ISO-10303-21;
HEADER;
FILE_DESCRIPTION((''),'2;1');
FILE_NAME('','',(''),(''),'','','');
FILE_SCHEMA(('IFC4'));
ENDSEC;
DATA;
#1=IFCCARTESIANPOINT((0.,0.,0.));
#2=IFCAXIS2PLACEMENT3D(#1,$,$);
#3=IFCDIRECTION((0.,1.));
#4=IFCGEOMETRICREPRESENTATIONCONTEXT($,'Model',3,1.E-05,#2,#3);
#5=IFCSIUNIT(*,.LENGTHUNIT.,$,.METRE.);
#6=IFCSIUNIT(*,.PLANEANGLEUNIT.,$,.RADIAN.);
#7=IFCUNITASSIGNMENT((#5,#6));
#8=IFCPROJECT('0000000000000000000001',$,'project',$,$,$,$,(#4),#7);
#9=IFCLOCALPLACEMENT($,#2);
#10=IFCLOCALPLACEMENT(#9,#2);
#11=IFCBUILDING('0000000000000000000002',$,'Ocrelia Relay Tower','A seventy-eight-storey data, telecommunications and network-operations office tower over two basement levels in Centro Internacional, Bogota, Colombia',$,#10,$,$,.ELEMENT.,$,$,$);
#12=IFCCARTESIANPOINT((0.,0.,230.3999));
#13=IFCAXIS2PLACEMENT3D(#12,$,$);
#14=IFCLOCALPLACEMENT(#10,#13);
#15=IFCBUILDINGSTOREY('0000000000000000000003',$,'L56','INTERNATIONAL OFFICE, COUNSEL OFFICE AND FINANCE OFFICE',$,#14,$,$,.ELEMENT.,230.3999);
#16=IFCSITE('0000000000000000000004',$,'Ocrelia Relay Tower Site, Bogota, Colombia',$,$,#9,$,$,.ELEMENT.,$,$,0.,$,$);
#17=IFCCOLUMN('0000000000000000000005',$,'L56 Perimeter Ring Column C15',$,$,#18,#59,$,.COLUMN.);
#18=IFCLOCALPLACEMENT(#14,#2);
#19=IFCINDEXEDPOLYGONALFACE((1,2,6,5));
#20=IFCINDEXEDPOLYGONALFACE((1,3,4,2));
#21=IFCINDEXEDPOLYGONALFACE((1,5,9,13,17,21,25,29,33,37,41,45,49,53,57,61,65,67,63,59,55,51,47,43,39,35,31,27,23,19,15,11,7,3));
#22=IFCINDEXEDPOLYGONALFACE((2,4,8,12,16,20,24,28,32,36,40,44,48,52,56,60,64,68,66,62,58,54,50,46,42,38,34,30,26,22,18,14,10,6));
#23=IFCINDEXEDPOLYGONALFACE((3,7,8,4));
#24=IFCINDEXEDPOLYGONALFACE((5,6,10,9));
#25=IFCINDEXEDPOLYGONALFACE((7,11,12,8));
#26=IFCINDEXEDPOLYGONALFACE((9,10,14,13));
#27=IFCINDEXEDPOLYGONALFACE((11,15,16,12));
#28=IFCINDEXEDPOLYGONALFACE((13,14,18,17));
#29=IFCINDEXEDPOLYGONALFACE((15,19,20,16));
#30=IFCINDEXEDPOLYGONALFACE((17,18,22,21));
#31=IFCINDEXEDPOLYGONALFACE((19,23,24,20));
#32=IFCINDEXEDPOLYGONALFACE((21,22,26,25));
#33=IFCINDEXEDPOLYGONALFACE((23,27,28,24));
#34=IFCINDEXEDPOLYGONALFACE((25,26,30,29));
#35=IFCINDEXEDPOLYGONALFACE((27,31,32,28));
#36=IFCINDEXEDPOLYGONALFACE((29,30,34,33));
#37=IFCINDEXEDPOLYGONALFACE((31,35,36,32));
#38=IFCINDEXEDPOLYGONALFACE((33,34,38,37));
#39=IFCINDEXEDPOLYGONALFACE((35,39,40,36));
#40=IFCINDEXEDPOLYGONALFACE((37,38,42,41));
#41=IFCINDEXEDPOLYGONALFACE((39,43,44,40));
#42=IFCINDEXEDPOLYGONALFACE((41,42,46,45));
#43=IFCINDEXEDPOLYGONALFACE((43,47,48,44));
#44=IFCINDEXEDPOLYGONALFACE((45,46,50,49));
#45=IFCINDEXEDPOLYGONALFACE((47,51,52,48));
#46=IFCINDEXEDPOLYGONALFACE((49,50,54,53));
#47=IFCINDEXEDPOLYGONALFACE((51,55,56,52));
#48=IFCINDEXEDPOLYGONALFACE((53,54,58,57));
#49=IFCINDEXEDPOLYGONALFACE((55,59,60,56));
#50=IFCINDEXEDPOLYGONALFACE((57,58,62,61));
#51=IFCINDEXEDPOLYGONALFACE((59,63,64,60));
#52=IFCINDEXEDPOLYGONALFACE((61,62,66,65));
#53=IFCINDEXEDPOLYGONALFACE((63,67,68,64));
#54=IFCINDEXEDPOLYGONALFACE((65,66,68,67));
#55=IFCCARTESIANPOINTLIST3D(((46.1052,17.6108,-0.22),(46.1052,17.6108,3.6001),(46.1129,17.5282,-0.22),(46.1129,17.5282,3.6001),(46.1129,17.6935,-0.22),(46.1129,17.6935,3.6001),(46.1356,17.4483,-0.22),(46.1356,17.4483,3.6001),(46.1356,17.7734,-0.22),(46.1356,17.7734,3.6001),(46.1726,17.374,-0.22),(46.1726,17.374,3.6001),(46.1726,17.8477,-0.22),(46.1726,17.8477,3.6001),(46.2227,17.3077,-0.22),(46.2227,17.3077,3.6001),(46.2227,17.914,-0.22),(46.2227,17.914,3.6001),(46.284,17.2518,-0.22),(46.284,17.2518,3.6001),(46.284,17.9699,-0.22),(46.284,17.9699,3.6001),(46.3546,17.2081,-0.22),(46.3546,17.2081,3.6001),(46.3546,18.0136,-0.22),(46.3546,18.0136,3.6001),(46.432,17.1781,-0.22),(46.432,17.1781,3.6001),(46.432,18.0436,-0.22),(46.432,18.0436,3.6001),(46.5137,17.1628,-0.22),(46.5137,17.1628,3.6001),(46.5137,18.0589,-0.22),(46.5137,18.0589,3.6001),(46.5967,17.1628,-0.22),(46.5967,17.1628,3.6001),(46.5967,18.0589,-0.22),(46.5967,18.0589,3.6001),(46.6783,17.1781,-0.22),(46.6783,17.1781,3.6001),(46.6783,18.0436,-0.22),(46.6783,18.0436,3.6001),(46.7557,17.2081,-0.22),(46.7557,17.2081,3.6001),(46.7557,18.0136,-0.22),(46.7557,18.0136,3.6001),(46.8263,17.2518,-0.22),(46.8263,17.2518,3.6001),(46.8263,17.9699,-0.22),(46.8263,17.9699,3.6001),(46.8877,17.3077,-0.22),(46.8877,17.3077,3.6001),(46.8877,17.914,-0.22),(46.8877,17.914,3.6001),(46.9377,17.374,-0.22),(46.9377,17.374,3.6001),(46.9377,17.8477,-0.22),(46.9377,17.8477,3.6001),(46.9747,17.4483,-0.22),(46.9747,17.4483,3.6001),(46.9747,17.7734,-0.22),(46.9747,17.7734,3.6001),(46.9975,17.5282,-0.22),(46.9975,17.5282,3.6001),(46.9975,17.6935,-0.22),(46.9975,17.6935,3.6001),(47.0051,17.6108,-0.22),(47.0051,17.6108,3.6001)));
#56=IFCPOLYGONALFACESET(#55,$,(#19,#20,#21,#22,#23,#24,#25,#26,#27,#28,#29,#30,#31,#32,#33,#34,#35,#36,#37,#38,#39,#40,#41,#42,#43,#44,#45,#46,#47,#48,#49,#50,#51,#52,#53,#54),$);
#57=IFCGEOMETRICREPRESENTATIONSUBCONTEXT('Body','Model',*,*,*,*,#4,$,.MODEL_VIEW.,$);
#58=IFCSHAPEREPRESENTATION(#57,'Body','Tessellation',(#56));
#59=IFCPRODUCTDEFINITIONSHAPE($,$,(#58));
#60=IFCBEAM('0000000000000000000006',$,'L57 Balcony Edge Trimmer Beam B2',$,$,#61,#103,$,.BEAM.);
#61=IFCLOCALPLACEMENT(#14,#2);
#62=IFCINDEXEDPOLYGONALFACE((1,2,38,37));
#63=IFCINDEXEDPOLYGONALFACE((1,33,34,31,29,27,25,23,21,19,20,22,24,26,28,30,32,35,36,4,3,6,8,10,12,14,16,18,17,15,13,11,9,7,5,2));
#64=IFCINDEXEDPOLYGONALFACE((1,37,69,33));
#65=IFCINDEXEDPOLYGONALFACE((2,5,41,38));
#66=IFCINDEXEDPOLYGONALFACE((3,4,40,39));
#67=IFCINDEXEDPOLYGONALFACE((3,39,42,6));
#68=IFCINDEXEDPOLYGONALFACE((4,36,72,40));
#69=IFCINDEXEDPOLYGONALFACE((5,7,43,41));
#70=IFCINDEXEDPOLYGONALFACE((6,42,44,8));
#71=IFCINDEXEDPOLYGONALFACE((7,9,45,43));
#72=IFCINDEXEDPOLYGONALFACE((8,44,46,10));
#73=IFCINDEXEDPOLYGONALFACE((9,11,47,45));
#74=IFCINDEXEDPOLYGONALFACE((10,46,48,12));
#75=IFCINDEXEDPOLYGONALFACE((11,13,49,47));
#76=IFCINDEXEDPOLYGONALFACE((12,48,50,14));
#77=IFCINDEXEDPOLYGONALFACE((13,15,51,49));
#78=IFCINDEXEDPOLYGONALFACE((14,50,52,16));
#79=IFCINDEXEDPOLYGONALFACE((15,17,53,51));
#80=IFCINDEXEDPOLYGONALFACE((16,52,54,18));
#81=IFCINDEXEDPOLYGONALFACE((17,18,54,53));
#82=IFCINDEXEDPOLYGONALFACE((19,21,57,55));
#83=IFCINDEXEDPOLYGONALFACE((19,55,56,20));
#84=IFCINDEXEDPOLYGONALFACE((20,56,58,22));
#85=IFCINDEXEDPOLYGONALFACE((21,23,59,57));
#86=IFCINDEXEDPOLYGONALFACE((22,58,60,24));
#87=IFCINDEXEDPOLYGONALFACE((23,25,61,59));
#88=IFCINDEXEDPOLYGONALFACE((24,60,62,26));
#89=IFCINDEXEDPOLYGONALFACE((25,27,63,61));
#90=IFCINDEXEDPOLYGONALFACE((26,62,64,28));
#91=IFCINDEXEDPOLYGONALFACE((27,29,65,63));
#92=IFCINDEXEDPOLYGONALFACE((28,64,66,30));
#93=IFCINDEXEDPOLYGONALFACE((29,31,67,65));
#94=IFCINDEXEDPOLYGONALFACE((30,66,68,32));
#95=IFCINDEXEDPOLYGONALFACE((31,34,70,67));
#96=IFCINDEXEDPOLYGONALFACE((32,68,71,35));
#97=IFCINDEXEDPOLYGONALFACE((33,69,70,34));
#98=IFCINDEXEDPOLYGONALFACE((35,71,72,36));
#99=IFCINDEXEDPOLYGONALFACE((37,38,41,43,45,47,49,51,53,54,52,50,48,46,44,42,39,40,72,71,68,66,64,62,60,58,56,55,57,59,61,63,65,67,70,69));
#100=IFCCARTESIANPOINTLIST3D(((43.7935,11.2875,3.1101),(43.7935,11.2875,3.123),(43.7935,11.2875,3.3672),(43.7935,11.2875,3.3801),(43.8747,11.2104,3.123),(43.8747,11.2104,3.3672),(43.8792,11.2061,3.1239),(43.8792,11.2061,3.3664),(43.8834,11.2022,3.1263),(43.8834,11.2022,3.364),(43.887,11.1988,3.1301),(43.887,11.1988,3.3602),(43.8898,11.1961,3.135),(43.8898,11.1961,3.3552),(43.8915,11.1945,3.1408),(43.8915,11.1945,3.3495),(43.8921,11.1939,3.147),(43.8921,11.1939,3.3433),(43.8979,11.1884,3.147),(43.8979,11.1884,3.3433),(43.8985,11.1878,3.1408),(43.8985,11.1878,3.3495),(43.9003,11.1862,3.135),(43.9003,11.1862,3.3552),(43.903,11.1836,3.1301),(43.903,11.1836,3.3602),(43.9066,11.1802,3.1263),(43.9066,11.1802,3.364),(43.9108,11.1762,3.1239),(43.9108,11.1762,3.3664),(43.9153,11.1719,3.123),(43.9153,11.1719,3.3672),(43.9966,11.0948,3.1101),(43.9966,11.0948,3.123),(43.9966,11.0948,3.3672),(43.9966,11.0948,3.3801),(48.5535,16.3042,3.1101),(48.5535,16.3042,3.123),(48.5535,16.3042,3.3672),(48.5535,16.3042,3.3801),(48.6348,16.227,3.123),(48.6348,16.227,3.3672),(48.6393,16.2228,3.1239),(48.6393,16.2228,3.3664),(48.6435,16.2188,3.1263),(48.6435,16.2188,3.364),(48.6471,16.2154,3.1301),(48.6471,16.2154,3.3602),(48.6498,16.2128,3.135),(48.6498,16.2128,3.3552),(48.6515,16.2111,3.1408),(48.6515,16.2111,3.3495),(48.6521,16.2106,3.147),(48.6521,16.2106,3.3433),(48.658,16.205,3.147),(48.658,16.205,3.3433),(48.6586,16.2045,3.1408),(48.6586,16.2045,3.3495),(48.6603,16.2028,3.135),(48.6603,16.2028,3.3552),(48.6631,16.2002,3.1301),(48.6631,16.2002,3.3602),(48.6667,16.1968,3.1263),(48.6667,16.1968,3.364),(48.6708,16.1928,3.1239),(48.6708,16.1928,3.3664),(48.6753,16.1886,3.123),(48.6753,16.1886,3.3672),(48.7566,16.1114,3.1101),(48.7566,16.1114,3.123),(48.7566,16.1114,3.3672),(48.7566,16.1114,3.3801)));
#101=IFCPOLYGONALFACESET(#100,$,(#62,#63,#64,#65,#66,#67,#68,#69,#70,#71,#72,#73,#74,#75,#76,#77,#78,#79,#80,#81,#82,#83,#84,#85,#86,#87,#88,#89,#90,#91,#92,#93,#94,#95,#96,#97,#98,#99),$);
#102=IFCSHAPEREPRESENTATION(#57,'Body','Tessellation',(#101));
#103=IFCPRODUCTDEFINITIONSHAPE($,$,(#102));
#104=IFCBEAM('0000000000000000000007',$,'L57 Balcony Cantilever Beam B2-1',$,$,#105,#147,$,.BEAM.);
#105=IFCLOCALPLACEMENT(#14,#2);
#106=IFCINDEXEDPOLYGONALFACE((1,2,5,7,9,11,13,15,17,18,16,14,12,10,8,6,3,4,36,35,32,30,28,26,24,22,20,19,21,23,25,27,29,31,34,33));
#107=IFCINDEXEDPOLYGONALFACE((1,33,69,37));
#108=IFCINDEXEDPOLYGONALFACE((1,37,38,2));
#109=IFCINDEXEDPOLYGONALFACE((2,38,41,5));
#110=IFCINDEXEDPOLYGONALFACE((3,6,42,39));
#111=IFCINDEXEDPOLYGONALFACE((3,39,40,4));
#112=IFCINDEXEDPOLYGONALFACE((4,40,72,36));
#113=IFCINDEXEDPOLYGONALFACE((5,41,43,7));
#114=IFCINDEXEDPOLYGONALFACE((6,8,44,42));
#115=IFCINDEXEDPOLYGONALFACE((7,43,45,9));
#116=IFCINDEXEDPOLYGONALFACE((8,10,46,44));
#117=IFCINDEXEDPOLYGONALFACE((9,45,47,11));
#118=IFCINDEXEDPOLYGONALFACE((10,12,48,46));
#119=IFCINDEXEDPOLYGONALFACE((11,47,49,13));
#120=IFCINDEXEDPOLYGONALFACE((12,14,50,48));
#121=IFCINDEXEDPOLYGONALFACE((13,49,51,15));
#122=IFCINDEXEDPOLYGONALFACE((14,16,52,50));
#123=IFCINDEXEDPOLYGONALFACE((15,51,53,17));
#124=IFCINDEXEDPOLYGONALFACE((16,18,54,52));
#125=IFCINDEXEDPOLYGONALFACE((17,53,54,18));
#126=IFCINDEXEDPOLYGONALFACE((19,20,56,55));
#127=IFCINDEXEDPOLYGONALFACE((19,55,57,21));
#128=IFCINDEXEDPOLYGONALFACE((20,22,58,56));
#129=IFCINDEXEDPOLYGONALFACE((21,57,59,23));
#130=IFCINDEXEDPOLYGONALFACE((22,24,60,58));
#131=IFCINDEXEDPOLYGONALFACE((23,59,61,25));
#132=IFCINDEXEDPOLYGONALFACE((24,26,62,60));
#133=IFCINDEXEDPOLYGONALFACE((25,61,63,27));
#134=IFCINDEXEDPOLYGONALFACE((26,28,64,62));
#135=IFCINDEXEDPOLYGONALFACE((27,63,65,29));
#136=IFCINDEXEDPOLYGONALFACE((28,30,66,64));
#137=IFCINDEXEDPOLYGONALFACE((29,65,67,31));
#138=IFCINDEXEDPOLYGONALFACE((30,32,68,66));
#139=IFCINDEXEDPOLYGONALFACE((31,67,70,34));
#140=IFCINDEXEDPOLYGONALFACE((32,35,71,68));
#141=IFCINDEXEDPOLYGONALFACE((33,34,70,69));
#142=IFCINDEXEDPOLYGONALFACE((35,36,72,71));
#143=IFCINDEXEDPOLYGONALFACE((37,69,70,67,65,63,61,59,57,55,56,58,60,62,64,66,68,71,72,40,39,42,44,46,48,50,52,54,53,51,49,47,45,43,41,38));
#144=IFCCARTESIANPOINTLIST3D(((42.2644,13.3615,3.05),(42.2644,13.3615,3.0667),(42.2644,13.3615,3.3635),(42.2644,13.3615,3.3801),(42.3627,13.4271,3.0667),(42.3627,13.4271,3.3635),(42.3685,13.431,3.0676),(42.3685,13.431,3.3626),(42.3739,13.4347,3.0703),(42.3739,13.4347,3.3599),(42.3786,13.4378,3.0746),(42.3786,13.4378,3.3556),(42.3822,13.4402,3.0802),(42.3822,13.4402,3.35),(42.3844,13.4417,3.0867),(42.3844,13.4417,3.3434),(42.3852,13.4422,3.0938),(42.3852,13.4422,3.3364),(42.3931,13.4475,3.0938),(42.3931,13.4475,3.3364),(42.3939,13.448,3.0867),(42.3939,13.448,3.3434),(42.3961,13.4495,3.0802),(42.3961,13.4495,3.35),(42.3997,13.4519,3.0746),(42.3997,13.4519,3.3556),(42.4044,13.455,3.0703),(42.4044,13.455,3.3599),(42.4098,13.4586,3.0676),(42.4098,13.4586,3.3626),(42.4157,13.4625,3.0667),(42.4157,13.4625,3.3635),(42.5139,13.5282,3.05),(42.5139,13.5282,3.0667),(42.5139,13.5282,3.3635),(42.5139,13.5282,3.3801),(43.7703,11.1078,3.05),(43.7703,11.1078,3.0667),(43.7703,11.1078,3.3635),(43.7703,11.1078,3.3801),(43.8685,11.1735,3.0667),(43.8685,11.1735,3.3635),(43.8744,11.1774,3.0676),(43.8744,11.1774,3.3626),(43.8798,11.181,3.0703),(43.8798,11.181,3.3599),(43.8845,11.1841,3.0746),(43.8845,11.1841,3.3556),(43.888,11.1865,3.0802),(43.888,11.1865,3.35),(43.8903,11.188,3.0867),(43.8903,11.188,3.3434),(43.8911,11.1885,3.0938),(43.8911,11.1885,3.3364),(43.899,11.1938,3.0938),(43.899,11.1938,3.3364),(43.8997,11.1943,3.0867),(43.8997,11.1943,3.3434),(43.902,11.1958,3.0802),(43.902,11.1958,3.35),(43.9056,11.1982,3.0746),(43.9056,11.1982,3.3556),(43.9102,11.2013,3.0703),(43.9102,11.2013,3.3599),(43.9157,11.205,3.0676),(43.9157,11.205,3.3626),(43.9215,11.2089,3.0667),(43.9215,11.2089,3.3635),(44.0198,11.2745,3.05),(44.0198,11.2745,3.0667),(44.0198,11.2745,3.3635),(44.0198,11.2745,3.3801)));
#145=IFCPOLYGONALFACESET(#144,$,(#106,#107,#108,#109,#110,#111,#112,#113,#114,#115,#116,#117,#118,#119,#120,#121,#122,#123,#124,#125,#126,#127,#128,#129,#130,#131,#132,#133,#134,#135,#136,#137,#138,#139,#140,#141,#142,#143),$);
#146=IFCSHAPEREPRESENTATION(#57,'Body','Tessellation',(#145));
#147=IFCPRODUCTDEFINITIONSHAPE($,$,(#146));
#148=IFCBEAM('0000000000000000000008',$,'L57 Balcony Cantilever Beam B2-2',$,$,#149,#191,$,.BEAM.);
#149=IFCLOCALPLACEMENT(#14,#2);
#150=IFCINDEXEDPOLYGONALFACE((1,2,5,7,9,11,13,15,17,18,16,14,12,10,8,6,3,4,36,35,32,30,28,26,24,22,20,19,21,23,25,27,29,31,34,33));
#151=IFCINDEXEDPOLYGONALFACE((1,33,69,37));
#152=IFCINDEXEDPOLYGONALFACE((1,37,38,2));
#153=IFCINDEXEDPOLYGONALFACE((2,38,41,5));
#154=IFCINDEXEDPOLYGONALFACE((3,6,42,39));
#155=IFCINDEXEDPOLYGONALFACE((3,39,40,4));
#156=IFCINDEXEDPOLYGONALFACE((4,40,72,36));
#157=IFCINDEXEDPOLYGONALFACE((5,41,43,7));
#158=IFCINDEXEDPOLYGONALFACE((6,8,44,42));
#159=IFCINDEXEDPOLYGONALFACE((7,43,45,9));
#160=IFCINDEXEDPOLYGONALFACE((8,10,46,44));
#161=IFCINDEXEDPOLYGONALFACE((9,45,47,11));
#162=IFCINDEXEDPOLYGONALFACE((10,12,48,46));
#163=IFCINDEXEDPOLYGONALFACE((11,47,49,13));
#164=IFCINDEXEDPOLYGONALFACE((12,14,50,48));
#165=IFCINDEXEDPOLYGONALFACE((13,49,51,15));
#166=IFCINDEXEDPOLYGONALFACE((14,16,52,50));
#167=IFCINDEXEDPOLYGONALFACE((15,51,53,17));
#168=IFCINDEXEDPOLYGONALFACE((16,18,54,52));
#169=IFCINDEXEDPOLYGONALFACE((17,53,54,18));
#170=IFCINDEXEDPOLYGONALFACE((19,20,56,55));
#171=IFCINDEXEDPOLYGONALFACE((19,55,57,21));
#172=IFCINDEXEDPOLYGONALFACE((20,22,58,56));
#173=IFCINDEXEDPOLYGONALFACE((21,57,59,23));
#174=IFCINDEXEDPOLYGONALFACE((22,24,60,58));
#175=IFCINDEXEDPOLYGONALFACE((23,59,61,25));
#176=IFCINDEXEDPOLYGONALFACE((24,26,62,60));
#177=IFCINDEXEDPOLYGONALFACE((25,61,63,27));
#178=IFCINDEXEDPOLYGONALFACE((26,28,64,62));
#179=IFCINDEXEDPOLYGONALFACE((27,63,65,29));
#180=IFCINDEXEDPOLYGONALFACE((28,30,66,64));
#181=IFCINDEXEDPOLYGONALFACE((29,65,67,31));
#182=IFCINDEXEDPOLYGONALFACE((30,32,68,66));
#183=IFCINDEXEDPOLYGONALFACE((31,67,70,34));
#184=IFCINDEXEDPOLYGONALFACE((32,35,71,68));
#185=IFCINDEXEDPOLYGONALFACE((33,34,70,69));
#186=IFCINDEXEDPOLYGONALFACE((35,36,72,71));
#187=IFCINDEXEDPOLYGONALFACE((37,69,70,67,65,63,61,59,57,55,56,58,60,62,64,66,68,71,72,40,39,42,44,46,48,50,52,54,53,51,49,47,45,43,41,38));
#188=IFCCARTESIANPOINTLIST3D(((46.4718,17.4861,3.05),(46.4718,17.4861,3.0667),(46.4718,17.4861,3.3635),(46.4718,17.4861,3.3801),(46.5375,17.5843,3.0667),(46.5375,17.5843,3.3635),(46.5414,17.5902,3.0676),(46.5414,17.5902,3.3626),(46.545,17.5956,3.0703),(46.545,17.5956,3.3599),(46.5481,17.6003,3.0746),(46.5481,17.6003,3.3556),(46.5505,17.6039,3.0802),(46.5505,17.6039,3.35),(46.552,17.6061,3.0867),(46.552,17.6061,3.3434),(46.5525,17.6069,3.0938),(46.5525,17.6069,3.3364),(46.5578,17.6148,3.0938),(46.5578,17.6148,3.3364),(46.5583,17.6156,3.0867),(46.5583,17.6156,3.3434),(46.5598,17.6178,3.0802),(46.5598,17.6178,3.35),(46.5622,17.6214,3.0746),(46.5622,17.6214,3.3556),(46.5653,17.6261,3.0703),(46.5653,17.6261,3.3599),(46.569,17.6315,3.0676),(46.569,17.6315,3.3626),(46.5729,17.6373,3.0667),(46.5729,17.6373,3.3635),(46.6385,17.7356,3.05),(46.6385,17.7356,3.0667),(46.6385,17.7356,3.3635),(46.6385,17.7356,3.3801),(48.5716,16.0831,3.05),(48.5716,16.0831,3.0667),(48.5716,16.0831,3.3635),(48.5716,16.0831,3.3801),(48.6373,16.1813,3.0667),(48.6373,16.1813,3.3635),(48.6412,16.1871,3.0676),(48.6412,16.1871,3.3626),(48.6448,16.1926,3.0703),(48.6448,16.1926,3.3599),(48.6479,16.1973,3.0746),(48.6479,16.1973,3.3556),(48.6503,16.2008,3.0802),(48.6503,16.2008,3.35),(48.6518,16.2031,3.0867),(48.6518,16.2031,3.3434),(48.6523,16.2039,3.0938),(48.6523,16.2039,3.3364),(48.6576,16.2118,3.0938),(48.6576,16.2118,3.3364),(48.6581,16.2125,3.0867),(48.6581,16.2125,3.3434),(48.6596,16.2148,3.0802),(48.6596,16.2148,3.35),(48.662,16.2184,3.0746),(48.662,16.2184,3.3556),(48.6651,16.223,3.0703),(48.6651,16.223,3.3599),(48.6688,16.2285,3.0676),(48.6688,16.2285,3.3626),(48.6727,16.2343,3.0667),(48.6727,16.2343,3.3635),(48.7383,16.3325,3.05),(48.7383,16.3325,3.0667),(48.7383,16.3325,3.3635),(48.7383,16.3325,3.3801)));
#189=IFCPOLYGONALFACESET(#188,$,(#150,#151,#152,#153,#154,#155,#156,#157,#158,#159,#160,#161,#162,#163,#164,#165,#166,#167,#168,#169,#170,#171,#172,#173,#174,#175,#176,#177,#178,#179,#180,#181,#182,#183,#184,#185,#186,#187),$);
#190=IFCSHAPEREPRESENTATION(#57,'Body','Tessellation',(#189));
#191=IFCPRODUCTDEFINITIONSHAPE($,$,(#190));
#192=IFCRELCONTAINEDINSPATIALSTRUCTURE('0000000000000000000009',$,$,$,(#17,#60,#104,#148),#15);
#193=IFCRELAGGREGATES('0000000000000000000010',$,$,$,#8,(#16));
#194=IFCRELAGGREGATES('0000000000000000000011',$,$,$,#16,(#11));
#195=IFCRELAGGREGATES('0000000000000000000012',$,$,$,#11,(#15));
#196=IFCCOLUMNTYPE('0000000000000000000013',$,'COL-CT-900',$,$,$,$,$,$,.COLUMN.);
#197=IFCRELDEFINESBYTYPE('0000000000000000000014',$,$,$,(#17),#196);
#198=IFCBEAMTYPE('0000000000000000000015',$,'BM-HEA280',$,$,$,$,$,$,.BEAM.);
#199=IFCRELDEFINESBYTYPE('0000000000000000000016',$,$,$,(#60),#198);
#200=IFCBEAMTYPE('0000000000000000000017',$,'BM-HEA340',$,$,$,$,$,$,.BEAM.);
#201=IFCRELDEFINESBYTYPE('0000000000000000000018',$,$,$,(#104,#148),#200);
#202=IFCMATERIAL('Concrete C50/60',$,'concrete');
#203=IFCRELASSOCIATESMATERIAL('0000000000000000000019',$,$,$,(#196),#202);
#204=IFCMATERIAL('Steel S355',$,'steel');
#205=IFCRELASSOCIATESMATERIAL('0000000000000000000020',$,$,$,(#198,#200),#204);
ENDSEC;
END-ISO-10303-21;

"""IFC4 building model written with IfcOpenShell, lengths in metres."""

from ifc_helpers import new_model, si_unit, direction, frame, origin, origin_2d, place, context, subcontext, project, spatial, circle, i_section, extrude, material, material_profile, profile_set, type_object, element, save


model = new_model("IFC4")

# Units and contexts
model_context = context("Model", 3, precision=1e-05, world=origin(), true_north=direction((0.0, 1.0)))
body_context = subcontext(model_context, "Body", "Model", "MODEL_VIEW")
ifc_project = project(units=[si_unit("LENGTHUNIT", "METRE"), si_unit("PLANEANGLEUNIT", "RADIAN")], contexts=[model_context])

# Site, building, storey
site_placement = place(None, origin())
site = spatial("IfcSite", under=ifc_project, at=site_placement, Name="Ocrelia Relay Tower Site, Bogota, Colombia", CompositionType="ELEMENT", RefElevation=0.0)
building_placement = place(site_placement, origin())
building = spatial("IfcBuilding", under=site, at=building_placement, Name="Ocrelia Relay Tower", Description="A seventy-eight-storey data, telecommunications and network-operations office tower over two basement levels in Centro Internacional, Bogota, Colombia", CompositionType="ELEMENT")
storey_placement = place(building_placement, frame((0.0, 0.0, 230.3999)))
storey = spatial("IfcBuildingStorey", under=building, at=storey_placement, Name="L56", Description="INTERNATIONAL OFFICE, COUNSEL OFFICE AND FINANCE OFFICE", CompositionType="ELEMENT", Elevation=230.3999)

# Column
ifc_material_1 = material(Name="Concrete C50/60", Category="concrete")
ifc_material_profile_1 = material_profile(ifc_material_1, circle(Radius=0.45, at=origin_2d()), Name="RC-CIR-900")
ifc_profile_set_1 = profile_set([ifc_material_profile_1], Name="Concrete C50/60")
column_type = type_object("IfcColumnType", Name="COL-CT-900", PredefinedType="COLUMN", material=ifc_profile_set_1)
column_placement = place(storey_placement, frame((46.5552, 17.6108, -0.22), z_axis=(0.0, 0.0, 1.0), x_axis=(1.0, 0.0, 0.0)))
element("IfcColumn", 1, at=column_placement, inside=storey, type_object=column_type, Name="L56 Perimeter Ring Column C15", PredefinedType="COLUMN", context=body_context, shape_type="SweptSolid", body=[
    extrude(circle(Radius=0.45, at=origin_2d()), origin(), (0.0, 0.0, 1.0), 3.8201),
])

# Beams
ifc_material_2 = material(Name="Steel S355", Category="steel")
ifc_material_profile_2 = material_profile(ifc_material_2, i_section(OverallWidth=0.28, OverallDepth=0.27, WebThickness=0.0081, FlangeThickness=0.0129, FilletRadius=0.0239, at=origin_2d()), Name="HEA 280")
ifc_profile_set_2 = profile_set([ifc_material_profile_2], Name="Steel S355")
beam_type_1 = type_object("IfcBeamType", Name="BM-HEA280", PredefinedType="BEAM", material=ifc_profile_set_2)
beam_1_placement = place(storey_placement, frame((43.895, 11.1912, 3.2451), z_axis=(0.688311, 0.725415, 0.0), x_axis=(-0.725415, 0.688311, 0.0)))
element("IfcBeam", 2, at=beam_1_placement, inside=storey, type_object=beam_type_1, Name="L57 Balcony Edge Trimmer Beam B2", PredefinedType="BEAM", context=body_context, shape_type="SweptSolid", body=[
    extrude(i_section(OverallWidth=0.28, OverallDepth=0.27, WebThickness=0.0081, FlangeThickness=0.0129, FilletRadius=0.0239, at=origin_2d()), origin(), (0.0, 0.0, 1.0), 6.9155),
])
ifc_material_profile_3 = material_profile(ifc_material_2, i_section(OverallWidth=0.3, OverallDepth=0.3301, WebThickness=0.0095, FlangeThickness=0.0166, FilletRadius=0.0271, at=origin_2d()), Name="HEA 340")
ifc_profile_set_3 = profile_set([ifc_material_profile_3], Name="Steel S355")
beam_type_2 = type_object("IfcBeamType", Name="BM-HEA340", PredefinedType="BEAM", material=ifc_profile_set_3)
beam_2_placement = place(storey_placement, frame((42.3892, 13.4448, 3.2151), z_axis=(0.555573, -0.831468, 0.0), x_axis=(0.831468, 0.555573, 0.0)))
element("IfcBeam", 3, at=beam_2_placement, inside=storey, type_object=beam_type_2, Name="L57 Balcony Cantilever Beam B2-1", PredefinedType="BEAM", context=body_context, shape_type="SweptSolid", body=[
    extrude(i_section(OverallWidth=0.3, OverallDepth=0.3301, WebThickness=0.0095, FlangeThickness=0.0166, FilletRadius=0.0271, at=origin_2d()), origin(), (0.0, 0.0, 1.0), 2.7104),
])
beam_3_placement = place(storey_placement, frame((46.5552, 17.6108, 3.2151), z_axis=(0.83147, -0.55557, 0.0), x_axis=(0.55557, 0.83147, 0.0)))
element("IfcBeam", 4, at=beam_3_placement, inside=storey, type_object=beam_type_2, Name="L57 Balcony Cantilever Beam B2-2", PredefinedType="BEAM", context=body_context, shape_type="SweptSolid", body=[
    extrude(i_section(OverallWidth=0.3, OverallDepth=0.3301, WebThickness=0.0095, FlangeThickness=0.0166, FilletRadius=0.0271, at=origin_2d()), origin(), (0.0, 0.0, 1.0), 2.5254),
])

save(model, "model.ifc")
